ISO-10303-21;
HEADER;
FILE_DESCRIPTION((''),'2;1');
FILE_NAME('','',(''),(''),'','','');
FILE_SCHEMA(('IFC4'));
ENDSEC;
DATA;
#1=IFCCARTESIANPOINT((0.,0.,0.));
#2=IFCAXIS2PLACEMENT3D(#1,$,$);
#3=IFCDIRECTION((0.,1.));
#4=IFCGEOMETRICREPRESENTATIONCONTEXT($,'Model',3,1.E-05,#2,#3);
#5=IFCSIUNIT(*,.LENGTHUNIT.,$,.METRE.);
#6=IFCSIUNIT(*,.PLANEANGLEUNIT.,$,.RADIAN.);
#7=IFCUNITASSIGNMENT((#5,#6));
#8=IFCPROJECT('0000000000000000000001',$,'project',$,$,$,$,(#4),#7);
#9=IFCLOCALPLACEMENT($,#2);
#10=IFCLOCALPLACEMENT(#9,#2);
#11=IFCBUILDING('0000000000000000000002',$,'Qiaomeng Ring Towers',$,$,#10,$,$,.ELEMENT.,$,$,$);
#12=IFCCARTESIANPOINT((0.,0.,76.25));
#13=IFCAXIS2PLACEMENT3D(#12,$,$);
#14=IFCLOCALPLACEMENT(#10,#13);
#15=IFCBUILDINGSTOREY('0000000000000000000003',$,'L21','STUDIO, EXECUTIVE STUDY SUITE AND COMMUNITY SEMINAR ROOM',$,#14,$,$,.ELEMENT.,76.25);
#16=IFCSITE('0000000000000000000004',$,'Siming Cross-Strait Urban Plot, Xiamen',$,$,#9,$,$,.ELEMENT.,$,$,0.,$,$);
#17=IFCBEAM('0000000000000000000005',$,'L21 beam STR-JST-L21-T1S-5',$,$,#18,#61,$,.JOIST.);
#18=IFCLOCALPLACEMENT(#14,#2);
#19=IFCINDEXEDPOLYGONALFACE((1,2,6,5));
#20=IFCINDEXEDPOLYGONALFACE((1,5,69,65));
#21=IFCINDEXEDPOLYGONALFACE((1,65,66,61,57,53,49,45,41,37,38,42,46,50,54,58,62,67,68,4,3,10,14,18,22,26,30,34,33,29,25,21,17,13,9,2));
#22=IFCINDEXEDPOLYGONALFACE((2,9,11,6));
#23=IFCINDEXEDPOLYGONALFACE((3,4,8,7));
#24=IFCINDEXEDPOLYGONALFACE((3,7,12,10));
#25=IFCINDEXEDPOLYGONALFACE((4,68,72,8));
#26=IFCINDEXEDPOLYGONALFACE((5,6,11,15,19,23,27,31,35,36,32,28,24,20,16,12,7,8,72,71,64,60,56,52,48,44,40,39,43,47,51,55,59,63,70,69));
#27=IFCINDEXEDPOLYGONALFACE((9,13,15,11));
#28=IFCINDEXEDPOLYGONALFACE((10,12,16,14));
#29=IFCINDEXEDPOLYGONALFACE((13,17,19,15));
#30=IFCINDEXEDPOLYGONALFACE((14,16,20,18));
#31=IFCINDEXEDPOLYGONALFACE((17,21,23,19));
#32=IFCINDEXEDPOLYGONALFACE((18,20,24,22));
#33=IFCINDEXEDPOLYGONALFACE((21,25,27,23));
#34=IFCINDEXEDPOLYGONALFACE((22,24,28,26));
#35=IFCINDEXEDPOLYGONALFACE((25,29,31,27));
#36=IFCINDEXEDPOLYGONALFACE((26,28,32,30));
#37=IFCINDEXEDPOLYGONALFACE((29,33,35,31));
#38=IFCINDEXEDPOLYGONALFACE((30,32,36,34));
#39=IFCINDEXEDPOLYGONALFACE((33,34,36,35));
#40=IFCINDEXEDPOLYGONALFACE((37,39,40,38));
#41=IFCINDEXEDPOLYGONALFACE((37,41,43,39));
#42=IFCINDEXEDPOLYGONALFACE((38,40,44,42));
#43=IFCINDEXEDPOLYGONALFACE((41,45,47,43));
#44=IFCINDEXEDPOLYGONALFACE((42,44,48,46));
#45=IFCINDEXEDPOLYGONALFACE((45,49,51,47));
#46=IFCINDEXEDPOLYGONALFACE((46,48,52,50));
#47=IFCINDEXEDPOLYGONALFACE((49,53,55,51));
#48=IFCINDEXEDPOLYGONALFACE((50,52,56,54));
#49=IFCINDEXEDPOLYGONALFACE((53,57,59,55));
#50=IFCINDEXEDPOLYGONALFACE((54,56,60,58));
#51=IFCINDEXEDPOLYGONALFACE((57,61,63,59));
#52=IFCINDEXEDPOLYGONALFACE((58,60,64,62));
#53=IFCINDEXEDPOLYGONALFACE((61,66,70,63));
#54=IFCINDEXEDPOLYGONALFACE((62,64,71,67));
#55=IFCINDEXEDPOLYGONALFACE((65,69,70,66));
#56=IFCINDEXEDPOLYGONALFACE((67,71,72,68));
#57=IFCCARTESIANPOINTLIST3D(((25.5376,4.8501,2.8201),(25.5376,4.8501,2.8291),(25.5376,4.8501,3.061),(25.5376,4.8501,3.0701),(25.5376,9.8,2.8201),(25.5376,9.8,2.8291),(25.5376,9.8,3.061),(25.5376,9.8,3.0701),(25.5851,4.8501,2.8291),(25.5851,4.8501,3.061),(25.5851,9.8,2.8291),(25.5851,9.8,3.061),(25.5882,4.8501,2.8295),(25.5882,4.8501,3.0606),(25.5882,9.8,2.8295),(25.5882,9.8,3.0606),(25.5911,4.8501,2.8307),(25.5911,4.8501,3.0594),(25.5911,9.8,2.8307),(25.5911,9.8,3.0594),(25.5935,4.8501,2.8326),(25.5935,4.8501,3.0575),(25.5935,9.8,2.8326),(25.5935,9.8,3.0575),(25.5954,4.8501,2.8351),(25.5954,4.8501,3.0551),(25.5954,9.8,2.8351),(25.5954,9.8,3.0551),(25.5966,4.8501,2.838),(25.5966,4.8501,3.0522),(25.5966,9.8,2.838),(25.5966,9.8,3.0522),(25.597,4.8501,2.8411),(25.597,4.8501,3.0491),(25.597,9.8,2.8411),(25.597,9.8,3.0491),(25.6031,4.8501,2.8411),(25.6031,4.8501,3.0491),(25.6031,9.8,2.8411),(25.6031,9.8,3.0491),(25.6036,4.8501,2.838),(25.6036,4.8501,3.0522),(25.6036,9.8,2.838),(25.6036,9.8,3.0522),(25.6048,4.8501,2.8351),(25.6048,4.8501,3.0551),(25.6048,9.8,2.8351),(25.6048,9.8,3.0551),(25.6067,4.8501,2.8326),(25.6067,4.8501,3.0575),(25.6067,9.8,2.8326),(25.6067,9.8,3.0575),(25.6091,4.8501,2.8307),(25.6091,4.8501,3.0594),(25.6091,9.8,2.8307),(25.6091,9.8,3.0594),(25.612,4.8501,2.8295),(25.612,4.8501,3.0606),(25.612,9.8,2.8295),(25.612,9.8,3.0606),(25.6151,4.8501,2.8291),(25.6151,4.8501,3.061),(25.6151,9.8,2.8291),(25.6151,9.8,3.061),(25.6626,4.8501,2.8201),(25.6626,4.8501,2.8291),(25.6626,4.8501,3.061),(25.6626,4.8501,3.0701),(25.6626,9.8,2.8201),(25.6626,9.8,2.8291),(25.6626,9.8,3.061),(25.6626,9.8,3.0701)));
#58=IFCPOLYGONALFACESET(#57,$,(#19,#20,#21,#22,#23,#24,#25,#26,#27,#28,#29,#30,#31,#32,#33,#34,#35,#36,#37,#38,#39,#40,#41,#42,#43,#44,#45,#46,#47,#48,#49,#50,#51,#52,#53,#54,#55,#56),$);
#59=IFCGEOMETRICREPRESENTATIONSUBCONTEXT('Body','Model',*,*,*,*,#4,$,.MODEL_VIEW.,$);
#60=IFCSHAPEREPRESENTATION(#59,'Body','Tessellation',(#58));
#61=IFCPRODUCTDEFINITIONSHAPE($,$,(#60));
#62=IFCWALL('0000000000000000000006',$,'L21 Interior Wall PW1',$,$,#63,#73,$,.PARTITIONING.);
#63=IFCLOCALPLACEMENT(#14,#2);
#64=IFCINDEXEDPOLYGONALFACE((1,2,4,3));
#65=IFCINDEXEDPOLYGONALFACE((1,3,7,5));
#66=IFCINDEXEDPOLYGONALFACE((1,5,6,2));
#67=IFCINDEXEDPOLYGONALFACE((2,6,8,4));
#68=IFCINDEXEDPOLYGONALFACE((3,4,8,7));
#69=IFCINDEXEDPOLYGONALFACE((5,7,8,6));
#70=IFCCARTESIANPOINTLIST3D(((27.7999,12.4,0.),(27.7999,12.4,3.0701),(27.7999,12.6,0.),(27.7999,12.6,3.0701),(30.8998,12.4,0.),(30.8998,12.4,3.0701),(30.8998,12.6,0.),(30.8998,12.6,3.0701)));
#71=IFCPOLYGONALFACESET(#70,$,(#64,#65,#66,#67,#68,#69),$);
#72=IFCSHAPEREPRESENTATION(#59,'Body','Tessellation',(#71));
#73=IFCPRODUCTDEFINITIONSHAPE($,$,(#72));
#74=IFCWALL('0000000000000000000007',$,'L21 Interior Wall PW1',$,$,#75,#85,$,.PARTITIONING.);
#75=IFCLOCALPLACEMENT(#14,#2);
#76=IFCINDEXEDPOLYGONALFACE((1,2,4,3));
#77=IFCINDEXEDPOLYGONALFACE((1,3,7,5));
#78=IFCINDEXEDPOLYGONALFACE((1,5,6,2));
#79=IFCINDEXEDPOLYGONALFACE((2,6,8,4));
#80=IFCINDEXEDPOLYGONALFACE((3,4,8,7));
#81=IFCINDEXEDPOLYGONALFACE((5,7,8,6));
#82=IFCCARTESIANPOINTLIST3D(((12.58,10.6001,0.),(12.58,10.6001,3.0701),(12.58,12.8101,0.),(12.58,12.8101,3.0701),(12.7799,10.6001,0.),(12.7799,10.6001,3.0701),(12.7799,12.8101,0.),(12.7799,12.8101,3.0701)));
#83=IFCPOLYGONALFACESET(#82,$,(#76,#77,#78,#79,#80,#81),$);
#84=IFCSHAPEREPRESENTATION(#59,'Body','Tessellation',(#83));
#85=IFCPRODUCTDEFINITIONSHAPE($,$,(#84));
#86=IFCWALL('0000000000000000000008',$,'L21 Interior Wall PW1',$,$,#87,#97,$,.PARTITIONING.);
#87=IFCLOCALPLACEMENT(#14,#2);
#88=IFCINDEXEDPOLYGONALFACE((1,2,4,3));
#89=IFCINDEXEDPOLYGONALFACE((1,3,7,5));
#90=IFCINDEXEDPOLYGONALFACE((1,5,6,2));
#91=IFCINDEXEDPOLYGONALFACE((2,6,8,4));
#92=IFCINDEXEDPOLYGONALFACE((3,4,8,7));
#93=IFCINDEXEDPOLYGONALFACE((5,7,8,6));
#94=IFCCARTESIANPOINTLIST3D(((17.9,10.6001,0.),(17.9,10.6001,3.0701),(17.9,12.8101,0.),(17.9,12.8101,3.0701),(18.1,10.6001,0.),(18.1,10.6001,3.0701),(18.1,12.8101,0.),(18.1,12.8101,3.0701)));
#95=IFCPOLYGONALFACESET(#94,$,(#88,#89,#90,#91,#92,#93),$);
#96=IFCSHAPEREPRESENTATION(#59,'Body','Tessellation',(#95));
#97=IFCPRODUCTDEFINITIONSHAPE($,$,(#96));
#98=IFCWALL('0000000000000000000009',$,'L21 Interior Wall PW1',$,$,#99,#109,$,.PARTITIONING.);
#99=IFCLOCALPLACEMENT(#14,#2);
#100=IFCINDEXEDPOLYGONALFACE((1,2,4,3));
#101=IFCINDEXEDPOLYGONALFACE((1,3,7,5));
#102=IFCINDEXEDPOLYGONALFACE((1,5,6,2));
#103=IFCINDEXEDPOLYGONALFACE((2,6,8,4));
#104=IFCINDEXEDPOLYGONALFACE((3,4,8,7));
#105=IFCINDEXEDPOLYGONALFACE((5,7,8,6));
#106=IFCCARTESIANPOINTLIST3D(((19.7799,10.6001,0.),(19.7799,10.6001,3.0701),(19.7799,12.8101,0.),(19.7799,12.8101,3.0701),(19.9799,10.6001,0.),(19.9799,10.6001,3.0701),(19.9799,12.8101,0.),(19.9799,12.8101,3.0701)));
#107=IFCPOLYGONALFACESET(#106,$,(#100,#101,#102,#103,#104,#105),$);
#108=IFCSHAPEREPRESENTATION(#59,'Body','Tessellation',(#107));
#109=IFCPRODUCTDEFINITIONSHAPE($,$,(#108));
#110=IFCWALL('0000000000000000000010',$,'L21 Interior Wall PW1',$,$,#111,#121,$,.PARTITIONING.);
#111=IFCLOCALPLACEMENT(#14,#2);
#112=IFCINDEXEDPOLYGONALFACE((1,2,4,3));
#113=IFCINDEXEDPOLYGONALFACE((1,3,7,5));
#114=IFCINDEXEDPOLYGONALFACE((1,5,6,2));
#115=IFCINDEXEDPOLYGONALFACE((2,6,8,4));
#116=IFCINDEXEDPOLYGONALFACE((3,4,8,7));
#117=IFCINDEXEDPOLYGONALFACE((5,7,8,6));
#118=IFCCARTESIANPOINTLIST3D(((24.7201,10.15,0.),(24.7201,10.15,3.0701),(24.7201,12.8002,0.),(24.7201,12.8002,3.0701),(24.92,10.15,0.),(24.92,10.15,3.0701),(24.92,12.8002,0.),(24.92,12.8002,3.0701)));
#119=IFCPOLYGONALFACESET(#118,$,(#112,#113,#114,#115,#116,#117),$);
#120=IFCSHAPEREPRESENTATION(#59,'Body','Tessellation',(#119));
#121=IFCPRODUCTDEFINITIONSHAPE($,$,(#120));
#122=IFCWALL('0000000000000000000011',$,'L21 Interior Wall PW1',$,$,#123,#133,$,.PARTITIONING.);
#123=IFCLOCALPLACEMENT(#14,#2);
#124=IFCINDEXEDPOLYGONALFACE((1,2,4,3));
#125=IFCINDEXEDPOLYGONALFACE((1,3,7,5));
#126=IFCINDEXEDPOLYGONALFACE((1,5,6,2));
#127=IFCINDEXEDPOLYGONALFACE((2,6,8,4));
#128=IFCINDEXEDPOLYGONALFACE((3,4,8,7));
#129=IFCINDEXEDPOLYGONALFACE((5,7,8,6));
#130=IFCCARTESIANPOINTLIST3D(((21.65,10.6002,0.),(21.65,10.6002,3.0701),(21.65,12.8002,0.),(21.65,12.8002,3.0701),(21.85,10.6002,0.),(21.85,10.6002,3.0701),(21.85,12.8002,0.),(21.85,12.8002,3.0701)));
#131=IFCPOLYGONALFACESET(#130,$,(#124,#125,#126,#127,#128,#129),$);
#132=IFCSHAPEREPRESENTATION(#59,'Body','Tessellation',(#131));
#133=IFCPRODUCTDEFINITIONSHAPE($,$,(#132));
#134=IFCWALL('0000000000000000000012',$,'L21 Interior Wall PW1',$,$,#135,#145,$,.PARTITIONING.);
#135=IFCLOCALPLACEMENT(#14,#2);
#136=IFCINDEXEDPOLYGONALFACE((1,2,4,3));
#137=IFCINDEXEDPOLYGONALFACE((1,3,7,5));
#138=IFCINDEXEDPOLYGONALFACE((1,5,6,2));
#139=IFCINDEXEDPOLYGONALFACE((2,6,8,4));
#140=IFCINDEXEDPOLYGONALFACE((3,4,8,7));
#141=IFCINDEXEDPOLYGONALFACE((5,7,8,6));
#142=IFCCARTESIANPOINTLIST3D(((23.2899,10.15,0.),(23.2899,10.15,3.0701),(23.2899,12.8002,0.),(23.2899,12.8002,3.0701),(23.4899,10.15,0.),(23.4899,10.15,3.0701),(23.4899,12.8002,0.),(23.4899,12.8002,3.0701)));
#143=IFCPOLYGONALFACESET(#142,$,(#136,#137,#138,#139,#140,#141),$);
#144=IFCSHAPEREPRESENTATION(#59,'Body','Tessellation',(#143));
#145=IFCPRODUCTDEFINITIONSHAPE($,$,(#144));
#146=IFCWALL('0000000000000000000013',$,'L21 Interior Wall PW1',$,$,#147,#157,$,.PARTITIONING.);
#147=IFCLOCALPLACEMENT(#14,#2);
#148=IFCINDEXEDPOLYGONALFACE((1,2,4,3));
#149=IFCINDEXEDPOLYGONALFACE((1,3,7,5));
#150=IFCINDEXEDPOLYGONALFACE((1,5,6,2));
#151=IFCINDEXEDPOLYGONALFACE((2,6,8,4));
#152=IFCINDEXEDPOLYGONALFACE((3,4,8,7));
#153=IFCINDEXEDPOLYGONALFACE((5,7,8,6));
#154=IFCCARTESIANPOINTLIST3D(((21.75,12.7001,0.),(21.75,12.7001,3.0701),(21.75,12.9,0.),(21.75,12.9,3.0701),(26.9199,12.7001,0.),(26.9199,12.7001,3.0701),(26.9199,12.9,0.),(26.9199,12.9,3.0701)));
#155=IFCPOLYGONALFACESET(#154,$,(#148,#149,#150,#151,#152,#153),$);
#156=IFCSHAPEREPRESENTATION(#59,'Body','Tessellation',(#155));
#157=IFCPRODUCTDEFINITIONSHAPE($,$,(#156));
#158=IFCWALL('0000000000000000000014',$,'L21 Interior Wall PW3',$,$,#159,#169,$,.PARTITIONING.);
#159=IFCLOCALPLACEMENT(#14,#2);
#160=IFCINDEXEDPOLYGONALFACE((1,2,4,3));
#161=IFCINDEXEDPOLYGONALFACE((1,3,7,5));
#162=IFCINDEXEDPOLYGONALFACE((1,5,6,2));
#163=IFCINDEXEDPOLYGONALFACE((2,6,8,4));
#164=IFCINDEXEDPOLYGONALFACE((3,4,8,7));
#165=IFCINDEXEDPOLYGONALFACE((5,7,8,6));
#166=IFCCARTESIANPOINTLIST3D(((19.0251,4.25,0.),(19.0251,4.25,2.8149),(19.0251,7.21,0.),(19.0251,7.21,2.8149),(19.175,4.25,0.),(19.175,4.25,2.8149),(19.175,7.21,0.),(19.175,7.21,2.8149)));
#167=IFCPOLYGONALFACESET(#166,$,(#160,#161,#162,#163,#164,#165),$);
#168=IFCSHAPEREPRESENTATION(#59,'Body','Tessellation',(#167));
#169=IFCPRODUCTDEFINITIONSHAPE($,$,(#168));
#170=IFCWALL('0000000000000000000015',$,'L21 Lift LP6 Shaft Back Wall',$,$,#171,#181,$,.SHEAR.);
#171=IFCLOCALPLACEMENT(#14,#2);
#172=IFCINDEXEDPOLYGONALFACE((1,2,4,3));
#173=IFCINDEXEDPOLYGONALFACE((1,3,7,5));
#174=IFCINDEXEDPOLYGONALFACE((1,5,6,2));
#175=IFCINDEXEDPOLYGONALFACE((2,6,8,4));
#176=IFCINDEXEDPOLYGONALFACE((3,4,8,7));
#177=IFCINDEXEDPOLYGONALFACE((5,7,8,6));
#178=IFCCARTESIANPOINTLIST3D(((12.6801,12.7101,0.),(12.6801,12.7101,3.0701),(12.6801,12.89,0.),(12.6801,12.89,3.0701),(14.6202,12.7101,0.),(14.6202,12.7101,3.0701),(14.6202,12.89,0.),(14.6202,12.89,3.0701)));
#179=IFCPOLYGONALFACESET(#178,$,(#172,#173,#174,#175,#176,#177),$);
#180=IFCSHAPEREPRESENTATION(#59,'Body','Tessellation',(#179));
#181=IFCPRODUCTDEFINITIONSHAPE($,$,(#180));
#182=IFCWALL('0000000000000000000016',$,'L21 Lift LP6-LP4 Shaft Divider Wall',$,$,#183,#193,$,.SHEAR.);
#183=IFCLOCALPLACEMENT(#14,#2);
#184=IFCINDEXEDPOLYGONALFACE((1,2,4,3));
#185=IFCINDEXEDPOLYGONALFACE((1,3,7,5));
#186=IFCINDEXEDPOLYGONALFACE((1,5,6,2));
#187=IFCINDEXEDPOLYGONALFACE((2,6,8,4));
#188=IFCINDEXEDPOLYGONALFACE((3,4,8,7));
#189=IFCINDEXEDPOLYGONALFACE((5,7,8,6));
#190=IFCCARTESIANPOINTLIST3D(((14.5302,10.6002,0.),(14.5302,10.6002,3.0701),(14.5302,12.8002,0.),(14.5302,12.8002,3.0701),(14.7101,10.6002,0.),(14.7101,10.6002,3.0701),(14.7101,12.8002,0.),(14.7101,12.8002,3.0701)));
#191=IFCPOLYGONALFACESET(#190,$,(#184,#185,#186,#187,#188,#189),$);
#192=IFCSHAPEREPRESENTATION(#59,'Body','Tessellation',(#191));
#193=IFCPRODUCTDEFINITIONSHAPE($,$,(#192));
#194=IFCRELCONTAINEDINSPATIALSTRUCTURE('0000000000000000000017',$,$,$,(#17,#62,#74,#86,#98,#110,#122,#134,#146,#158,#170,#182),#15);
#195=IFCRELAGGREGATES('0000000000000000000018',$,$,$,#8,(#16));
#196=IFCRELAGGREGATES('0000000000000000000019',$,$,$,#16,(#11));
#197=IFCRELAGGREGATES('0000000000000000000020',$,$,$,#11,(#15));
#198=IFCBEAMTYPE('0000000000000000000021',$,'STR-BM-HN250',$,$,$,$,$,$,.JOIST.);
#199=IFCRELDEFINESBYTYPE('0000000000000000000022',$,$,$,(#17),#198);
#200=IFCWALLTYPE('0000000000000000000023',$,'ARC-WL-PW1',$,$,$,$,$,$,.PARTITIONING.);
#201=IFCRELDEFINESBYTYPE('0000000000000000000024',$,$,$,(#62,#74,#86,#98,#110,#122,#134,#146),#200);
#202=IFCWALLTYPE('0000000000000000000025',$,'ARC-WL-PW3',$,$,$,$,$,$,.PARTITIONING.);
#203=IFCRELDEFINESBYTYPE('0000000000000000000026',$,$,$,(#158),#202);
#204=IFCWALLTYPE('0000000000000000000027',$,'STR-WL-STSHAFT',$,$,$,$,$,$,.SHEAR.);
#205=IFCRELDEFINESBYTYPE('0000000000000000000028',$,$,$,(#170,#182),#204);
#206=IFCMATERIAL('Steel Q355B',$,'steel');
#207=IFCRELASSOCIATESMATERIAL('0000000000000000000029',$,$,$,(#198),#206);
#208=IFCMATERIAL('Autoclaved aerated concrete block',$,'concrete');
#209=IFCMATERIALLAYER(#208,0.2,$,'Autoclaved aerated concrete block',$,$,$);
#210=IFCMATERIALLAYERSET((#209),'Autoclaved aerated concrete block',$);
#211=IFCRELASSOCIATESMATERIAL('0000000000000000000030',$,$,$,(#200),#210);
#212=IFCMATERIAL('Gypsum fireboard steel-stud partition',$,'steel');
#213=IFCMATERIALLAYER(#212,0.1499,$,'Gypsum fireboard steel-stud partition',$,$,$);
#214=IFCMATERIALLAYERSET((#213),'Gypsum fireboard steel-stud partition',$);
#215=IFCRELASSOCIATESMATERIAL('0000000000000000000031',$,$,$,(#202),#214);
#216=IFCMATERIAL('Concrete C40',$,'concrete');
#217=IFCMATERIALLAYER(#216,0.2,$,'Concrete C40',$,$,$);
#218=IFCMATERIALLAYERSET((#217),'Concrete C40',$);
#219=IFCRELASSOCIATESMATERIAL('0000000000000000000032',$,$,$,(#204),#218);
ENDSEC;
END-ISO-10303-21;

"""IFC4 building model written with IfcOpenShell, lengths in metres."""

from ifc_helpers import new_model, si_unit, direction, frame, frame_2d, origin, origin_2d, place, context, subcontext, project, spatial, rectangle, i_section, extrude, source, transform, mapped, material, layer, layer_set, material_profile, profile_set, type_object, element, save


model = new_model("IFC4")

# Units and contexts
model_context = context("Model", 3, precision=1e-05, world=origin(), true_north=direction((0.0, 1.0)))
body_context = subcontext(model_context, "Body", "Model", "MODEL_VIEW")
ifc_project = project(units=[si_unit("LENGTHUNIT", "METRE"), si_unit("PLANEANGLEUNIT", "RADIAN")], contexts=[model_context])

# Site, building, storey
site_placement = place(None, origin())
site = spatial("IfcSite", under=ifc_project, at=site_placement, Name="Siming Cross-Strait Urban Plot, Xiamen", CompositionType="ELEMENT", RefElevation=0.0)
building_placement = place(site_placement, origin())
building = spatial("IfcBuilding", under=site, at=building_placement, Name="Qiaomeng Ring Towers", CompositionType="ELEMENT")
storey_placement = place(building_placement, frame((0.0, 0.0, 76.25)))
storey = spatial("IfcBuildingStorey", under=building, at=storey_placement, Name="L21", Description="STUDIO, EXECUTIVE STUDY SUITE AND COMMUNITY SEMINAR ROOM", CompositionType="ELEMENT", Elevation=76.25)

# Beam
ifc_material_1 = material(Name="Steel Q355B", Category="steel")
ifc_material_profile_1 = material_profile(ifc_material_1, i_section(OverallWidth=0.125, OverallDepth=0.25, WebThickness=0.0061, FlangeThickness=0.009, FilletRadius=0.012, at=origin_2d()), Name="HN 250x125x6x9")
ifc_profile_set_1 = profile_set([ifc_material_profile_1], Name="Steel Q355B")
beam_type_1 = type_object("IfcBeamType", Name="STR-BM-HN250", PredefinedType="JOIST", material=ifc_profile_set_1)
shared_shape_1 = source(origin(), body_context, "Body", "SweptSolid", [
    extrude(i_section(OverallWidth=0.125, OverallDepth=0.25, WebThickness=0.0061, FlangeThickness=0.009, FilletRadius=0.012, at=origin_2d()), origin(), (0.0, 0.0, 1.0), 4.95),
])
for number, where, z_axis, x_axis, name in (
    (1, (25.6001, 4.8501, 2.9451), (0.0, 1.0, 0.0), (-1.0, 0.0, 0.0), "L21 beam STR-JST-L21-T1S-5"),
):
    element("IfcBeam", number, at=place(storey_placement, frame(where, z_axis=z_axis, x_axis=x_axis)), inside=storey, type_object=beam_type_1, Name=name, PredefinedType="JOIST", context=body_context, shape_type="MappedRepresentation", body=[
        mapped(shared_shape_1, transform((0.0, 0.0, 0.0), x_axis=(1.0, 0.0, 0.0), y_axis=(0.0, 1.0, 0.0), z_axis=(0.0, 0.0, 1.0), scale=1.0)),
    ])

# Walls
ifc_material_2 = material(Name="Autoclaved aerated concrete block", Category="concrete")
ifc_layer_1 = layer(ifc_material_2, 0.2, Name="Autoclaved aerated concrete block")
ifc_layer_set_1 = layer_set([ifc_layer_1], Name="Autoclaved aerated concrete block")
wall_type_1 = type_object("IfcWallType", Name="ARC-WL-PW1", PredefinedType="PARTITIONING", material=ifc_layer_set_1)
wall_1_placement = place(storey_placement, frame((27.8, 12.5, 0.0), z_axis=(0.0, 0.0, 1.0), x_axis=(1.0, 0.0, 0.0)))
element("IfcWall", 2, at=wall_1_placement, inside=storey, type_object=wall_type_1, Name="L21 Interior Wall PW1", PredefinedType="PARTITIONING", context=body_context, shape_type="SweptSolid", body=[
    extrude(rectangle(XDim=3.0999, YDim=0.2, at=frame_2d((1.5498, 0.0))), origin(), (0.0, 0.0, 1.0), 3.0701),
])
for number, where, z_axis, x_axis, name in (
    (3, (12.6799, 10.6001, 0.0), (0.0, 0.0, 1.0), (0.0, 1.0, 0.0), "L21 Interior Wall PW1"),
    (4, (18.0, 10.6001, 0.0), (0.0, 0.0, 1.0), (0.0, 1.0, 0.0), "L21 Interior Wall PW1"),
    (5, (19.8799, 10.6001, 0.0), (0.0, 0.0, 1.0), (0.0, 1.0, 0.0), "L21 Interior Wall PW1"),
):
    element("IfcWall", number, at=place(storey_placement, frame(where, z_axis=z_axis, x_axis=x_axis)), inside=storey, type_object=wall_type_1, Name=name, PredefinedType="PARTITIONING", context=body_context, shape_type="SweptSolid", body=[
        extrude(rectangle(XDim=2.21, YDim=0.2, at=frame_2d((1.105, 0.0))), origin(), (0.0, 0.0, 1.0), 3.0701),
    ])
wall_2_placement = place(storey_placement, frame((24.8201, 10.1499, 0.0), z_axis=(0.0, 0.0, 1.0), x_axis=(0.0, 1.0, 0.0)))
element("IfcWall", 6, at=wall_2_placement, inside=storey, type_object=wall_type_1, Name="L21 Interior Wall PW1", PredefinedType="PARTITIONING", context=body_context, shape_type="SweptSolid", body=[
    extrude(rectangle(XDim=2.6501, YDim=0.2, at=frame_2d((1.3252, 0.0))), origin(), (0.0, 0.0, 1.0), 3.0701),
])
wall_3_placement = place(storey_placement, frame((21.75, 10.6001, 0.0), z_axis=(0.0, 0.0, 1.0), x_axis=(0.0, 1.0, 0.0)))
element("IfcWall", 7, at=wall_3_placement, inside=storey, type_object=wall_type_1, Name="L21 Interior Wall PW1", PredefinedType="PARTITIONING", context=body_context, shape_type="SweptSolid", body=[
    extrude(rectangle(XDim=2.2, YDim=0.2, at=frame_2d((1.1001, 0.0))), origin(), (0.0, 0.0, 1.0), 3.0701),
])
wall_4_placement = place(storey_placement, frame((23.3899, 10.1499, 0.0), z_axis=(0.0, 0.0, 1.0), x_axis=(0.0, 1.0, 0.0)))
element("IfcWall", 8, at=wall_4_placement, inside=storey, type_object=wall_type_1, Name="L21 Interior Wall PW1", PredefinedType="PARTITIONING", context=body_context, shape_type="SweptSolid", body=[
    extrude(rectangle(XDim=2.6501, YDim=0.2, at=frame_2d((1.3252, 0.0))), origin(), (0.0, 0.0, 1.0), 3.0701),
])
wall_5_placement = place(storey_placement, frame((21.75, 12.8, 0.0), z_axis=(0.0, 0.0, 1.0), x_axis=(1.0, 0.0, 0.0)))
element("IfcWall", 9, at=wall_5_placement, inside=storey, type_object=wall_type_1, Name="L21 Interior Wall PW1", PredefinedType="PARTITIONING", context=body_context, shape_type="SweptSolid", body=[
    extrude(rectangle(XDim=5.1699, YDim=0.2, at=frame_2d((2.585, 0.0))), origin(), (0.0, 0.0, 1.0), 3.0701),
])
ifc_material_3 = material(Name="Gypsum fireboard steel-stud partition", Category="steel")
ifc_layer_2 = layer(ifc_material_3, 0.1499, Name="Gypsum fireboard steel-stud partition")
ifc_layer_set_2 = layer_set([ifc_layer_2], Name="Gypsum fireboard steel-stud partition")
wall_type_2 = type_object("IfcWallType", Name="ARC-WL-PW3", PredefinedType="PARTITIONING", material=ifc_layer_set_2)
wall_6_placement = place(storey_placement, frame((19.1001, 4.25, 0.0), z_axis=(0.0, 0.0, 1.0), x_axis=(0.0, 1.0, 0.0)))
element("IfcWall", 10, at=wall_6_placement, inside=storey, type_object=wall_type_2, Name="L21 Interior Wall PW3", PredefinedType="PARTITIONING", context=body_context, shape_type="SweptSolid", body=[
    extrude(rectangle(XDim=2.96, YDim=0.1499, at=frame_2d((1.48, 0.0))), origin(), (0.0, 0.0, 1.0), 2.8149),
])
ifc_material_4 = material(Name="Concrete C40", Category="concrete")
ifc_layer_3 = layer(ifc_material_4, 0.2, Name="Concrete C40")
ifc_layer_set_3 = layer_set([ifc_layer_3], Name="Concrete C40")
wall_type_3 = type_object("IfcWallType", Name="STR-WL-STSHAFT", PredefinedType="SHEAR", material=ifc_layer_set_3)
wall_7_placement = place(storey_placement, frame((12.6799, 12.8, 0.0), z_axis=(0.0, 0.0, 1.0), x_axis=(1.0, 0.0, 0.0)))
element("IfcWall", 11, at=wall_7_placement, inside=storey, type_object=wall_type_3, Name="L21 Lift LP6 Shaft Back Wall", PredefinedType="SHEAR", context=body_context, shape_type="SweptSolid", body=[
    extrude(rectangle(XDim=1.9402, YDim=0.1799, at=frame_2d((0.9702, 0.0))), origin(), (0.0, 0.0, 1.0), 3.0701),
])
wall_8_placement = place(storey_placement, frame((14.6201, 10.6001, 0.0), z_axis=(0.0, 0.0, 1.0), x_axis=(0.0, 1.0, 0.0)))
element("IfcWall", 12, at=wall_8_placement, inside=storey, type_object=wall_type_3, Name="L21 Lift LP6-LP4 Shaft Divider Wall", PredefinedType="SHEAR", context=body_context, shape_type="SweptSolid", body=[
    extrude(rectangle(XDim=2.2, YDim=0.1799, at=frame_2d((1.1001, 0.0))), origin(), (0.0, 0.0, 1.0), 3.0701),
])

save(model, "model.ifc")
